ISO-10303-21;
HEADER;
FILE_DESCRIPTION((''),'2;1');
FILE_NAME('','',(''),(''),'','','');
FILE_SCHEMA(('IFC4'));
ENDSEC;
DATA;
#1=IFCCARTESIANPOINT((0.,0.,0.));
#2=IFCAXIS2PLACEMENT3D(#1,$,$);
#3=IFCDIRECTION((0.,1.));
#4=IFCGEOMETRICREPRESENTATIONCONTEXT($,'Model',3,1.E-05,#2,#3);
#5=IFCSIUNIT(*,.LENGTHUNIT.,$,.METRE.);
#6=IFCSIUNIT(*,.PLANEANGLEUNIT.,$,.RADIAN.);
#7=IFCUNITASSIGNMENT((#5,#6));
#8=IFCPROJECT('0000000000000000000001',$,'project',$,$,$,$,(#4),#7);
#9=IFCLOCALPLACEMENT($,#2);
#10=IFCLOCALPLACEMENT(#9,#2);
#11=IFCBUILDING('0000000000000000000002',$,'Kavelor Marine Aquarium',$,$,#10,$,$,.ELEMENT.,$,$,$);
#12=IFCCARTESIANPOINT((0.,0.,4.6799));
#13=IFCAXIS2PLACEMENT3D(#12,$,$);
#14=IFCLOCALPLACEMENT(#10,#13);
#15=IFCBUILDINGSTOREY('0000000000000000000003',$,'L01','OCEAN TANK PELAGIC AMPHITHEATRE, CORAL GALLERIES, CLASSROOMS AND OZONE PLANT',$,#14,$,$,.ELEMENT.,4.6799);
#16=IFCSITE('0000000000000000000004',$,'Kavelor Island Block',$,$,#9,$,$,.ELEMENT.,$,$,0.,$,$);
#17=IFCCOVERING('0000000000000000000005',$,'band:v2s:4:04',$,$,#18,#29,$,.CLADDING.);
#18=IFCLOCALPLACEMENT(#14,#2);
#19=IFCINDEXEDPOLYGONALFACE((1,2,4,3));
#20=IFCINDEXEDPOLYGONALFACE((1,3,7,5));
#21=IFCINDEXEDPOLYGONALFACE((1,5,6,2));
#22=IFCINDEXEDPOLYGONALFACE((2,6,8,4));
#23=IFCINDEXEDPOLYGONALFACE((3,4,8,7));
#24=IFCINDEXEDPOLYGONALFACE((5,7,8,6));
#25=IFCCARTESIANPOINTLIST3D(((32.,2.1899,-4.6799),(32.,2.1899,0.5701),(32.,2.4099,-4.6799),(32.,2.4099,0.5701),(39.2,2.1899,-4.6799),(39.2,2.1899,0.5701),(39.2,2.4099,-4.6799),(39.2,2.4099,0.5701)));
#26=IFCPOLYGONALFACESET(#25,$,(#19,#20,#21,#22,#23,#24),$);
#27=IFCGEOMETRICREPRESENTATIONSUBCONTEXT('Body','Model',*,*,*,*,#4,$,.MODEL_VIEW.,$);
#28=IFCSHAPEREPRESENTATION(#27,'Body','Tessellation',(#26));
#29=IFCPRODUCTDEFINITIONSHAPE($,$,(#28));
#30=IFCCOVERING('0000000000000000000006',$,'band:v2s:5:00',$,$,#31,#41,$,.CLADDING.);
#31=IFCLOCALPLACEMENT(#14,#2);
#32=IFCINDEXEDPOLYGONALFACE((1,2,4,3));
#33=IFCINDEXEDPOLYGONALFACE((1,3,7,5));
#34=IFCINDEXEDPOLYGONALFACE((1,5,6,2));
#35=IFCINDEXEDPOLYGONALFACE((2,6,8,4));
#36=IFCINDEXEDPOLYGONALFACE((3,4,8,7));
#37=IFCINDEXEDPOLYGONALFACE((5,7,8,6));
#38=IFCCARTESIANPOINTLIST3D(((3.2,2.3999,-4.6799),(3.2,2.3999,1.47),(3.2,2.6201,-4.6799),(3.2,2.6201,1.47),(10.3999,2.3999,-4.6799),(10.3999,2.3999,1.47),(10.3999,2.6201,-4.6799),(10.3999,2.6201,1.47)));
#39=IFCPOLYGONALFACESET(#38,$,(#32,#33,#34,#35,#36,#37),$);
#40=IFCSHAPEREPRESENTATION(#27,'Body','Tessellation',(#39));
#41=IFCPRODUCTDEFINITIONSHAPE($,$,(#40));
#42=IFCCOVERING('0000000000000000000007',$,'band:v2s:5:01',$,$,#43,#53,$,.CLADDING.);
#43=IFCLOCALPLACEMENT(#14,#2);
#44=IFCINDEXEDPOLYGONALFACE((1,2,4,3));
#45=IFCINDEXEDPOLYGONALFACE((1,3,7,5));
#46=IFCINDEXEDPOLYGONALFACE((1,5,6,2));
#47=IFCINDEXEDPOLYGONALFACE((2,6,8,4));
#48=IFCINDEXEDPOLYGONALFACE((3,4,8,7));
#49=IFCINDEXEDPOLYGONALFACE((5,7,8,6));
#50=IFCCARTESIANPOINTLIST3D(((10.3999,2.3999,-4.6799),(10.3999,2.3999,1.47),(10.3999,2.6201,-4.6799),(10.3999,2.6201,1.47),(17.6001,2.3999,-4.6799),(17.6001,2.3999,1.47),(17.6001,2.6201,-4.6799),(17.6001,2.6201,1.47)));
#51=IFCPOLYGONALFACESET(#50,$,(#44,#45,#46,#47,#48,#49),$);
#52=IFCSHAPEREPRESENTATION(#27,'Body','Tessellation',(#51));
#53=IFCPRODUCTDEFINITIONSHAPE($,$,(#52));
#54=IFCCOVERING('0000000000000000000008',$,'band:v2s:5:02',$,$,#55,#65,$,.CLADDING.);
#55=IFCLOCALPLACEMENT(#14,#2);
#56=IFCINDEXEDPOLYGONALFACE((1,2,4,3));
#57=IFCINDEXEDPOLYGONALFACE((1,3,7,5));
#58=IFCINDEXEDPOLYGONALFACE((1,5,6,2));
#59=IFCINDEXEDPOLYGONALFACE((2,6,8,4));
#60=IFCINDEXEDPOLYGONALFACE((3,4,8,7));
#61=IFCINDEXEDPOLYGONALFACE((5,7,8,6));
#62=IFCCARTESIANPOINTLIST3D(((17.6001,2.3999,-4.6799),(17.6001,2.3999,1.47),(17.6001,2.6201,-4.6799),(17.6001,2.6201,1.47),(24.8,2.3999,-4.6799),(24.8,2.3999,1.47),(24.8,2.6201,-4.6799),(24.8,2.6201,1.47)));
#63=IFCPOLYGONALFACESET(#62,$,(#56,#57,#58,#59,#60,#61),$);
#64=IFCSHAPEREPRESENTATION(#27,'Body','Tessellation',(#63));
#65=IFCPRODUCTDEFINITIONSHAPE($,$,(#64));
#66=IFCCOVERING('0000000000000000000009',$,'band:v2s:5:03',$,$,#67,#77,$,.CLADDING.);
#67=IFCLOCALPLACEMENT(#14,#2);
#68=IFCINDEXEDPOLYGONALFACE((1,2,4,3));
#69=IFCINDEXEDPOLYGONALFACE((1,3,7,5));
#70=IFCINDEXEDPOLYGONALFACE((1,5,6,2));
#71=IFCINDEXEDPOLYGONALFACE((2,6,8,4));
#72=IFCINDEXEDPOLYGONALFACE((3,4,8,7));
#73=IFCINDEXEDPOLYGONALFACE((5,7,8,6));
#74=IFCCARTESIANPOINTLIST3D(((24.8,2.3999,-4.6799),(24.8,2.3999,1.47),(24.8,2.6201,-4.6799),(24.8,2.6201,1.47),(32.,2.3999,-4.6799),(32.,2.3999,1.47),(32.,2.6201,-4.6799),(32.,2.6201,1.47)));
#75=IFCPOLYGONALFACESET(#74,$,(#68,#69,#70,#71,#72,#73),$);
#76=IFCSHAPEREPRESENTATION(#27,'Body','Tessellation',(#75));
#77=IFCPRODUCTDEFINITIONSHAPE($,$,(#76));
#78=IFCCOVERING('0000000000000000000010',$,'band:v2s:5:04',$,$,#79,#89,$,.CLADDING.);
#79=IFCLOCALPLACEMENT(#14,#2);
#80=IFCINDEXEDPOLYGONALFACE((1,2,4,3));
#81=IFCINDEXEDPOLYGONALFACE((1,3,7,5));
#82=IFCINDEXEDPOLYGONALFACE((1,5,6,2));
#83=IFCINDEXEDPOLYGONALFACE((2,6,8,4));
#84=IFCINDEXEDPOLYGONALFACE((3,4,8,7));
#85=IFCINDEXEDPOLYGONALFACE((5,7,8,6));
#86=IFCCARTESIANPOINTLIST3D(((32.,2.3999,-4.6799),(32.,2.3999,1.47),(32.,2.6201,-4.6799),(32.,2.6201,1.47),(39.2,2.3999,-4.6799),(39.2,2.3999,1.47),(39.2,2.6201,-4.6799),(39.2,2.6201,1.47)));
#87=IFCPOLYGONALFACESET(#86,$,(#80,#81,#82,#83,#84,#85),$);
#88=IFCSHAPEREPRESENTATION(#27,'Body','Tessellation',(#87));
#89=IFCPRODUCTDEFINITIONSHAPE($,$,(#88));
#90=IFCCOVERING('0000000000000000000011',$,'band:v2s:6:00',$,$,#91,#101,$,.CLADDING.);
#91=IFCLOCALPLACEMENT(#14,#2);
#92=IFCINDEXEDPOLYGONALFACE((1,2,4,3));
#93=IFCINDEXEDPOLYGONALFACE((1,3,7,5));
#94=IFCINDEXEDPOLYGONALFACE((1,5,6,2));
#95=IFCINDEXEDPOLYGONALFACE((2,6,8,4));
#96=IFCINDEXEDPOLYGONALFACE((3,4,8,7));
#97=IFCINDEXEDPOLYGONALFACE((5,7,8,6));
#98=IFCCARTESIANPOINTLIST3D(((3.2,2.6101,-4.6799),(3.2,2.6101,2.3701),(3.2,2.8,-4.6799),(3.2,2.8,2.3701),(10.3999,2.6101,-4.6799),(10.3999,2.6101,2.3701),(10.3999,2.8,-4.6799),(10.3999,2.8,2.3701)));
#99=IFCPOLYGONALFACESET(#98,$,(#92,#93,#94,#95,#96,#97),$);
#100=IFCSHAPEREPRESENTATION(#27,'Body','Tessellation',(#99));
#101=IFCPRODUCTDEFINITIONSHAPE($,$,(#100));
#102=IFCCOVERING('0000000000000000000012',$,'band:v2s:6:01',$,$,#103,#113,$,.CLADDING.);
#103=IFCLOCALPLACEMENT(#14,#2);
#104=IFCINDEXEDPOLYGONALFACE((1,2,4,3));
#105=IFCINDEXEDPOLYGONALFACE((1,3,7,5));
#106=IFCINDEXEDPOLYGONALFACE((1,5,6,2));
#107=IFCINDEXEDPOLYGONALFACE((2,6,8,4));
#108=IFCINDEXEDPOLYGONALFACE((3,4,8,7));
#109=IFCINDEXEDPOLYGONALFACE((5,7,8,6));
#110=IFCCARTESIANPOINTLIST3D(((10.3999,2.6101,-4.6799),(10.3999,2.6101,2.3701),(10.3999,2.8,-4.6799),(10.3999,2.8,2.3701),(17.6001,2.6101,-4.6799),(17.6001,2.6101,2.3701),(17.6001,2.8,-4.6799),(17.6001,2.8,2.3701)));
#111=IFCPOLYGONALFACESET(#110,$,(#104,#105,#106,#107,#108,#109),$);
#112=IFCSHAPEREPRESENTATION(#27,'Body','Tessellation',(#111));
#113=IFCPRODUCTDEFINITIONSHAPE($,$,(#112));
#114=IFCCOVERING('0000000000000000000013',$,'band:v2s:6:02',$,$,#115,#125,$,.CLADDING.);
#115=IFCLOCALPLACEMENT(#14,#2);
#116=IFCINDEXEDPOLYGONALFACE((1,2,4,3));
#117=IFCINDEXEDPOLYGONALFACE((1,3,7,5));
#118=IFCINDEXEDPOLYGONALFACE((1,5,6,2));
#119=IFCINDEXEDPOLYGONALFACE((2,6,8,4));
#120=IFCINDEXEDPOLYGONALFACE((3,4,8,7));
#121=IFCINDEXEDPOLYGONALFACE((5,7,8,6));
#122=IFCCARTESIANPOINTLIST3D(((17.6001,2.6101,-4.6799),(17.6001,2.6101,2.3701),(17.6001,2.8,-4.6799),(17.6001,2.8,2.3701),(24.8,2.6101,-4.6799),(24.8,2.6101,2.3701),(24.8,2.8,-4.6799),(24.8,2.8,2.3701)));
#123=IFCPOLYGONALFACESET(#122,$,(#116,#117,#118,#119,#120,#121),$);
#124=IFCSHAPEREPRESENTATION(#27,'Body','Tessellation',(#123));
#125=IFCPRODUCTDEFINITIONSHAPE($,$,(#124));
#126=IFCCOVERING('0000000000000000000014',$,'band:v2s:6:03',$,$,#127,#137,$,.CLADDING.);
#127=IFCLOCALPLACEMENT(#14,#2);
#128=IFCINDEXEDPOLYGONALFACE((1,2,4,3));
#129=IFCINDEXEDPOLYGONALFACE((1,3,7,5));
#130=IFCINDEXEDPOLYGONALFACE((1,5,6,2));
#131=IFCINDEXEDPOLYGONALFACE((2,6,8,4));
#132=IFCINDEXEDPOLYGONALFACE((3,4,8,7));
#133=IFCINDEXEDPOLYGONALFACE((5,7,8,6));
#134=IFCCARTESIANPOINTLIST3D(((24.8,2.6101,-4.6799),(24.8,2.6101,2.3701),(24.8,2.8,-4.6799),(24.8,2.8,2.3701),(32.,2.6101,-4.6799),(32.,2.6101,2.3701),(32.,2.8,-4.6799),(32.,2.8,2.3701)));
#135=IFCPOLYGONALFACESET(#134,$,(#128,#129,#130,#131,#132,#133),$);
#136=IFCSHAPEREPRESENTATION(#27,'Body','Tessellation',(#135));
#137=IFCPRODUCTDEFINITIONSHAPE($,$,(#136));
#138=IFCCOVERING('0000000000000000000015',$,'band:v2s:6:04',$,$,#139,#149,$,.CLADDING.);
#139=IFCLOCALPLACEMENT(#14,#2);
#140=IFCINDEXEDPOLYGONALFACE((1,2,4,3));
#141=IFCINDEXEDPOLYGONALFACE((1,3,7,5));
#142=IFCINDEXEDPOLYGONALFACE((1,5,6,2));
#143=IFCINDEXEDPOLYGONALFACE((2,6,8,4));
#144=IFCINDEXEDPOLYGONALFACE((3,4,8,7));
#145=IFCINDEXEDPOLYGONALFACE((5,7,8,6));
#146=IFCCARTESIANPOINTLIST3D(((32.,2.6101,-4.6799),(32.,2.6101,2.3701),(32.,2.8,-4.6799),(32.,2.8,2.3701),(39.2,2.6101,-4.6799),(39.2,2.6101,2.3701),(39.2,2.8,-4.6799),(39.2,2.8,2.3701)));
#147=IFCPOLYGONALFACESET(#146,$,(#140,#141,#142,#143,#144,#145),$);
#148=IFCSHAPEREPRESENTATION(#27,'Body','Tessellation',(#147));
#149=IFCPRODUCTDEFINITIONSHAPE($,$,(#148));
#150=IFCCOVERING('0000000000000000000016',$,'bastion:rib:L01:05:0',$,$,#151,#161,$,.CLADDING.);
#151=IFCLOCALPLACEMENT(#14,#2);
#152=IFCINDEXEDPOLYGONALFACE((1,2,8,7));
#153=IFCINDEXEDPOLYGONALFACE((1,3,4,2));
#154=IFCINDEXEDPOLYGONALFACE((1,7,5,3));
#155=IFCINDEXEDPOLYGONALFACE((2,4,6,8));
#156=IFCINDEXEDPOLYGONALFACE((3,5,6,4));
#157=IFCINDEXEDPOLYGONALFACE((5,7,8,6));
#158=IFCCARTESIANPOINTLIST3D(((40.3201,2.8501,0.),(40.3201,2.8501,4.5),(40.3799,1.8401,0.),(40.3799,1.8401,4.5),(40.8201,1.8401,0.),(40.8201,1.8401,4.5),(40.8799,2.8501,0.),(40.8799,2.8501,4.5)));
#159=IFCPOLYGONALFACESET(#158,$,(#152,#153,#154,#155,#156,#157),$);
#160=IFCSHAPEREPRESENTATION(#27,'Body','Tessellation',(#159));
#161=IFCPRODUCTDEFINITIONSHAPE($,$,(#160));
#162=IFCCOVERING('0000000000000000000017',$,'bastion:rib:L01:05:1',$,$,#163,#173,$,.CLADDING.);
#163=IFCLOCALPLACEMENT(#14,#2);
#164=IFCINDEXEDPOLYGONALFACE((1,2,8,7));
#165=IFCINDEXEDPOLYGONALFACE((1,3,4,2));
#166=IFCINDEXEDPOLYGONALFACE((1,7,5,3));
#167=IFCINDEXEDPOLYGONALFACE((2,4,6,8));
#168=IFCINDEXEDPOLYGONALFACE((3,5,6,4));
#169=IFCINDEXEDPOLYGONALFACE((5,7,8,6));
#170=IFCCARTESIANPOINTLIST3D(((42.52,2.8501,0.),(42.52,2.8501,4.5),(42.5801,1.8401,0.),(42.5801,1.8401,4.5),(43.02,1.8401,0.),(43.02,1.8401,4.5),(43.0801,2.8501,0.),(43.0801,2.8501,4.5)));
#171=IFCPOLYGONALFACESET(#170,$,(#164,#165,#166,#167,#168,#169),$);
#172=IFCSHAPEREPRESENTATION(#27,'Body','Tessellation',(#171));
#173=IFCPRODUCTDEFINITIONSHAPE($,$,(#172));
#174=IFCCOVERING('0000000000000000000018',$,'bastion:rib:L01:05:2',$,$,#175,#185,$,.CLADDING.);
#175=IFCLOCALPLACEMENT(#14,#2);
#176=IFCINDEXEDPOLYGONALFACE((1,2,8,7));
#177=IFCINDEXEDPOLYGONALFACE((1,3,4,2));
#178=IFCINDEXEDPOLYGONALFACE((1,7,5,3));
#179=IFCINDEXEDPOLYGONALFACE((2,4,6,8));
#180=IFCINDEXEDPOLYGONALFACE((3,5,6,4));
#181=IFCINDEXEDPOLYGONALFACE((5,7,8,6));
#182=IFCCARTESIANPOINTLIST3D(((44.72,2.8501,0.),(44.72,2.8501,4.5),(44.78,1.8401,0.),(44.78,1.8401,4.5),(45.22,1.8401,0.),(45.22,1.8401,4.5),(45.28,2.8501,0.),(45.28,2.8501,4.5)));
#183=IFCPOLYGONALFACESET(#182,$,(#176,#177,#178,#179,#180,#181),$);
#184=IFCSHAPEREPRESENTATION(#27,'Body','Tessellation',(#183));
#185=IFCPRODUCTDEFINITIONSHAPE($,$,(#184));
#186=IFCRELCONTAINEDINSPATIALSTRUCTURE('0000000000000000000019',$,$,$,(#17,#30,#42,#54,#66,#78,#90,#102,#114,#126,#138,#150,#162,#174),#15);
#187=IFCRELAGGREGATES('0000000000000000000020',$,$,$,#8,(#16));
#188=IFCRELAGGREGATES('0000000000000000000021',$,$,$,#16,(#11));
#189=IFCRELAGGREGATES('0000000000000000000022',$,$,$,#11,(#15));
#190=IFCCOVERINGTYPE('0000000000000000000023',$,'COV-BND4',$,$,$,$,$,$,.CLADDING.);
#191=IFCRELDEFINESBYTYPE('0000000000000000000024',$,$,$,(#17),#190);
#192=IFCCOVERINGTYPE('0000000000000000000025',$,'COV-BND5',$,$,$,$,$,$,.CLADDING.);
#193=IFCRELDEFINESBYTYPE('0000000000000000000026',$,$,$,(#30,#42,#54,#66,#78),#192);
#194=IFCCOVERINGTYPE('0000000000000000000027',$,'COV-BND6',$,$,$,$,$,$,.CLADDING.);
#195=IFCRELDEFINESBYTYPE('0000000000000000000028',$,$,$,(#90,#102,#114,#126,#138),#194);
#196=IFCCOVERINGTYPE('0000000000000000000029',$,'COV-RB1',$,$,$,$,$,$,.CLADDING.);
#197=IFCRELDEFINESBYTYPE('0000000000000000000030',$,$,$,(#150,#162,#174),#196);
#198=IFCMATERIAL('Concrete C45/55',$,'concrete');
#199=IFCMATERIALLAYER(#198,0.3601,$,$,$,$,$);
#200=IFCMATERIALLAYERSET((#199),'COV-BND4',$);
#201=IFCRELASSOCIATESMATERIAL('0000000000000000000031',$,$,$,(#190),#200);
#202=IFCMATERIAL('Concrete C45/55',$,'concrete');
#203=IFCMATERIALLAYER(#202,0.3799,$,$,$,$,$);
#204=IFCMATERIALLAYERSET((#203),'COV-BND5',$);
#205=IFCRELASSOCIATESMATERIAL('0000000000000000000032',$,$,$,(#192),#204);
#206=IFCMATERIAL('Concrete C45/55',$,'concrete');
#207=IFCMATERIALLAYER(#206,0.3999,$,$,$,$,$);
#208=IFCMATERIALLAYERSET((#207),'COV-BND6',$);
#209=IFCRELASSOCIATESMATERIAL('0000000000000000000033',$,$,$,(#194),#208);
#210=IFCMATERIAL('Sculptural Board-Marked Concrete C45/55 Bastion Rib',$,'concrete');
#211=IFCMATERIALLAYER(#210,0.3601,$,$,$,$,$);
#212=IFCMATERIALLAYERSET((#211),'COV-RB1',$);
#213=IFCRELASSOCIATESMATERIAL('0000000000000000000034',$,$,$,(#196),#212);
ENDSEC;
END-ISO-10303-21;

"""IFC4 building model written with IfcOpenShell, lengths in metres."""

from ifc_helpers import new_model, si_unit, direction, frame, origin, place, context, subcontext, project, spatial, polyline, outline, extrude, material, layer, layer_set, type_object, element, save


model = new_model("IFC4")

# Units and contexts
model_context = context("Model", 3, precision=1e-05, world=origin(), true_north=direction((0.0, 1.0)))
body_context = subcontext(model_context, "Body", "Model", "MODEL_VIEW")
ifc_project = project(units=[si_unit("LENGTHUNIT", "METRE"), si_unit("PLANEANGLEUNIT", "RADIAN")], contexts=[model_context])

# Site, building, storey
site_placement = place(None, origin())
site = spatial("IfcSite", under=ifc_project, at=site_placement, Name="Kavelor Island Block", CompositionType="ELEMENT", RefElevation=0.0)
building_placement = place(site_placement, origin())
building = spatial("IfcBuilding", under=site, at=building_placement, Name="Kavelor Marine Aquarium", CompositionType="ELEMENT")
storey_placement = place(building_placement, frame((0.0, 0.0, 4.6799)))
storey = spatial("IfcBuildingStorey", under=building, at=storey_placement, Name="L01", Description="OCEAN TANK PELAGIC AMPHITHEATRE, CORAL GALLERIES, CLASSROOMS AND OZONE PLANT", CompositionType="ELEMENT", Elevation=4.6799)

# Coverings
ifc_material_1 = material(Name="Concrete C45/55", Category="concrete")
ifc_layer_1 = layer(ifc_material_1, 0.3601)
ifc_layer_set_1 = layer_set([ifc_layer_1], Name="COV-BND4")
covering_type_1 = type_object("IfcCoveringType", Name="COV-BND4", PredefinedType="CLADDING", material=ifc_layer_set_1)
covering_1_placement = place(storey_placement, frame((0.0, 0.0, -4.6799)))
element("IfcCovering", 1, at=covering_1_placement, inside=storey, type_object=covering_type_1, Name="band:v2s:4:04", PredefinedType="CLADDING", context=body_context, shape_type="SweptSolid", body=[
    extrude(outline(polyline([(32.0, 2.1899), (39.2, 2.1899), (39.2, 2.4099), (32.0, 2.4099), (32.0, 2.1899)])), origin(), (0.0, 0.0, 1.0), 5.25),
])
ifc_material_2 = material(Name="Concrete C45/55", Category="concrete")
ifc_layer_2 = layer(ifc_material_2, 0.3799)
ifc_layer_set_2 = layer_set([ifc_layer_2], Name="COV-BND5")
covering_type_2 = type_object("IfcCoveringType", Name="COV-BND5", PredefinedType="CLADDING", material=ifc_layer_set_2)
covering_2_placement = place(storey_placement, frame((0.0, 0.0, -4.6799)))
element("IfcCovering", 2, at=covering_2_placement, inside=storey, type_object=covering_type_2, Name="band:v2s:5:00", PredefinedType="CLADDING", context=body_context, shape_type="SweptSolid", body=[
    extrude(outline(polyline([(3.2, 2.3999), (10.3999, 2.3999), (10.3999, 2.6201), (3.2, 2.6201), (3.2, 2.3999)])), origin(), (0.0, 0.0, 1.0), 6.1499),
])
covering_3_placement = place(storey_placement, frame((0.0, 0.0, -4.6799)))
element("IfcCovering", 3, at=covering_3_placement, inside=storey, type_object=covering_type_2, Name="band:v2s:5:01", PredefinedType="CLADDING", context=body_context, shape_type="SweptSolid", body=[
    extrude(outline(polyline([(10.3999, 2.3999), (17.6001, 2.3999), (17.6001, 2.6201), (10.3999, 2.6201), (10.3999, 2.3999)])), origin(), (0.0, 0.0, 1.0), 6.1499),
])
covering_4_placement = place(storey_placement, frame((0.0, 0.0, -4.6799)))
element("IfcCovering", 4, at=covering_4_placement, inside=storey, type_object=covering_type_2, Name="band:v2s:5:02", PredefinedType="CLADDING", context=body_context, shape_type="SweptSolid", body=[
    extrude(outline(polyline([(17.6001, 2.3999), (24.8, 2.3999), (24.8, 2.6201), (17.6001, 2.6201), (17.6001, 2.3999)])), origin(), (0.0, 0.0, 1.0), 6.1499),
])
covering_5_placement = place(storey_placement, frame((0.0, 0.0, -4.6799)))
element("IfcCovering", 5, at=covering_5_placement, inside=storey, type_object=covering_type_2, Name="band:v2s:5:03", PredefinedType="CLADDING", context=body_context, shape_type="SweptSolid", body=[
    extrude(outline(polyline([(24.8, 2.3999), (32.0, 2.3999), (32.0, 2.6201), (24.8, 2.6201), (24.8, 2.3999)])), origin(), (0.0, 0.0, 1.0), 6.1499),
])
covering_6_placement = place(storey_placement, frame((0.0, 0.0, -4.6799)))
element("IfcCovering", 6, at=covering_6_placement, inside=storey, type_object=covering_type_2, Name="band:v2s:5:04", PredefinedType="CLADDING", context=body_context, shape_type="SweptSolid", body=[
    extrude(outline(polyline([(32.0, 2.3999), (39.2, 2.3999), (39.2, 2.6201), (32.0, 2.6201), (32.0, 2.3999)])), origin(), (0.0, 0.0, 1.0), 6.1499),
])
ifc_material_3 = material(Name="Concrete C45/55", Category="concrete")
ifc_layer_3 = layer(ifc_material_3, 0.3999)
ifc_layer_set_3 = layer_set([ifc_layer_3], Name="COV-BND6")
covering_type_3 = type_object("IfcCoveringType", Name="COV-BND6", PredefinedType="CLADDING", material=ifc_layer_set_3)
covering_7_placement = place(storey_placement, frame((0.0, 0.0, -4.6799)))
element("IfcCovering", 7, at=covering_7_placement, inside=storey, type_object=covering_type_3, Name="band:v2s:6:00", PredefinedType="CLADDING", context=body_context, shape_type="SweptSolid", body=[
    extrude(outline(polyline([(3.2, 2.6101), (10.3999, 2.6101), (10.3999, 2.8), (3.2, 2.8), (3.2, 2.6101)])), origin(), (0.0, 0.0, 1.0), 7.05),
])
covering_8_placement = place(storey_placement, frame((0.0, 0.0, -4.6799)))
element("IfcCovering", 8, at=covering_8_placement, inside=storey, type_object=covering_type_3, Name="band:v2s:6:01", PredefinedType="CLADDING", context=body_context, shape_type="SweptSolid", body=[
    extrude(outline(polyline([(10.3999, 2.6101), (17.6001, 2.6101), (17.6001, 2.8), (10.3999, 2.8), (10.3999, 2.6101)])), origin(), (0.0, 0.0, 1.0), 7.05),
])
covering_9_placement = place(storey_placement, frame((0.0, 0.0, -4.6799)))
element("IfcCovering", 9, at=covering_9_placement, inside=storey, type_object=covering_type_3, Name="band:v2s:6:02", PredefinedType="CLADDING", context=body_context, shape_type="SweptSolid", body=[
    extrude(outline(polyline([(17.6001, 2.6101), (24.8, 2.6101), (24.8, 2.8), (17.6001, 2.8), (17.6001, 2.6101)])), origin(), (0.0, 0.0, 1.0), 7.05),
])
covering_10_placement = place(storey_placement, frame((0.0, 0.0, -4.6799)))
element("IfcCovering", 10, at=covering_10_placement, inside=storey, type_object=covering_type_3, Name="band:v2s:6:03", PredefinedType="CLADDING", context=body_context, shape_type="SweptSolid", body=[
    extrude(outline(polyline([(24.8, 2.6101), (32.0, 2.6101), (32.0, 2.8), (24.8, 2.8), (24.8, 2.6101)])), origin(), (0.0, 0.0, 1.0), 7.05),
])
covering_11_placement = place(storey_placement, frame((0.0, 0.0, -4.6799)))
element("IfcCovering", 11, at=covering_11_placement, inside=storey, type_object=covering_type_3, Name="band:v2s:6:04", PredefinedType="CLADDING", context=body_context, shape_type="SweptSolid", body=[
    extrude(outline(polyline([(32.0, 2.6101), (39.2, 2.6101), (39.2, 2.8), (32.0, 2.8), (32.0, 2.6101)])), origin(), (0.0, 0.0, 1.0), 7.05),
])
ifc_material_4 = material(Name="Sculptural Board-Marked Concrete C45/55 Bastion Rib", Category="concrete")
ifc_layer_4 = layer(ifc_material_4, 0.3601)
ifc_layer_set_4 = layer_set([ifc_layer_4], Name="COV-RB1")
covering_type_4 = type_object("IfcCoveringType", Name="COV-RB1", PredefinedType="CLADDING", material=ifc_layer_set_4)
covering_12_placement = place(storey_placement, origin())
element("IfcCovering", 12, at=covering_12_placement, inside=storey, type_object=covering_type_4, Name="bastion:rib:L01:05:0", PredefinedType="CLADDING", context=body_context, shape_type="SweptSolid", body=[
    extrude(outline(polyline([(40.3799, 1.8401), (40.8201, 1.8401), (40.8799, 2.8501), (40.3201, 2.8501), (40.3799, 1.8401)])), origin(), (0.0, 0.0, 1.0), 4.5),
])
covering_13_placement = place(storey_placement, origin())
element("IfcCovering", 13, at=covering_13_placement, inside=storey, type_object=covering_type_4, Name="bastion:rib:L01:05:1", PredefinedType="CLADDING", context=body_context, shape_type="SweptSolid", body=[
    extrude(outline(polyline([(42.5801, 1.8401), (43.02, 1.8401), (43.0801, 2.8501), (42.52, 2.8501), (42.5801, 1.8401)])), origin(), (0.0, 0.0, 1.0), 4.5),
])
covering_14_placement = place(storey_placement, origin())
element("IfcCovering", 14, at=covering_14_placement, inside=storey, type_object=covering_type_4, Name="bastion:rib:L01:05:2", PredefinedType="CLADDING", context=body_context, shape_type="SweptSolid", body=[
    extrude(outline(polyline([(44.78, 1.8401), (45.22, 1.8401), (45.28, 2.8501), (44.72, 2.8501), (44.78, 1.8401)])), origin(), (0.0, 0.0, 1.0), 4.5),
])

save(model, "model.ifc")
